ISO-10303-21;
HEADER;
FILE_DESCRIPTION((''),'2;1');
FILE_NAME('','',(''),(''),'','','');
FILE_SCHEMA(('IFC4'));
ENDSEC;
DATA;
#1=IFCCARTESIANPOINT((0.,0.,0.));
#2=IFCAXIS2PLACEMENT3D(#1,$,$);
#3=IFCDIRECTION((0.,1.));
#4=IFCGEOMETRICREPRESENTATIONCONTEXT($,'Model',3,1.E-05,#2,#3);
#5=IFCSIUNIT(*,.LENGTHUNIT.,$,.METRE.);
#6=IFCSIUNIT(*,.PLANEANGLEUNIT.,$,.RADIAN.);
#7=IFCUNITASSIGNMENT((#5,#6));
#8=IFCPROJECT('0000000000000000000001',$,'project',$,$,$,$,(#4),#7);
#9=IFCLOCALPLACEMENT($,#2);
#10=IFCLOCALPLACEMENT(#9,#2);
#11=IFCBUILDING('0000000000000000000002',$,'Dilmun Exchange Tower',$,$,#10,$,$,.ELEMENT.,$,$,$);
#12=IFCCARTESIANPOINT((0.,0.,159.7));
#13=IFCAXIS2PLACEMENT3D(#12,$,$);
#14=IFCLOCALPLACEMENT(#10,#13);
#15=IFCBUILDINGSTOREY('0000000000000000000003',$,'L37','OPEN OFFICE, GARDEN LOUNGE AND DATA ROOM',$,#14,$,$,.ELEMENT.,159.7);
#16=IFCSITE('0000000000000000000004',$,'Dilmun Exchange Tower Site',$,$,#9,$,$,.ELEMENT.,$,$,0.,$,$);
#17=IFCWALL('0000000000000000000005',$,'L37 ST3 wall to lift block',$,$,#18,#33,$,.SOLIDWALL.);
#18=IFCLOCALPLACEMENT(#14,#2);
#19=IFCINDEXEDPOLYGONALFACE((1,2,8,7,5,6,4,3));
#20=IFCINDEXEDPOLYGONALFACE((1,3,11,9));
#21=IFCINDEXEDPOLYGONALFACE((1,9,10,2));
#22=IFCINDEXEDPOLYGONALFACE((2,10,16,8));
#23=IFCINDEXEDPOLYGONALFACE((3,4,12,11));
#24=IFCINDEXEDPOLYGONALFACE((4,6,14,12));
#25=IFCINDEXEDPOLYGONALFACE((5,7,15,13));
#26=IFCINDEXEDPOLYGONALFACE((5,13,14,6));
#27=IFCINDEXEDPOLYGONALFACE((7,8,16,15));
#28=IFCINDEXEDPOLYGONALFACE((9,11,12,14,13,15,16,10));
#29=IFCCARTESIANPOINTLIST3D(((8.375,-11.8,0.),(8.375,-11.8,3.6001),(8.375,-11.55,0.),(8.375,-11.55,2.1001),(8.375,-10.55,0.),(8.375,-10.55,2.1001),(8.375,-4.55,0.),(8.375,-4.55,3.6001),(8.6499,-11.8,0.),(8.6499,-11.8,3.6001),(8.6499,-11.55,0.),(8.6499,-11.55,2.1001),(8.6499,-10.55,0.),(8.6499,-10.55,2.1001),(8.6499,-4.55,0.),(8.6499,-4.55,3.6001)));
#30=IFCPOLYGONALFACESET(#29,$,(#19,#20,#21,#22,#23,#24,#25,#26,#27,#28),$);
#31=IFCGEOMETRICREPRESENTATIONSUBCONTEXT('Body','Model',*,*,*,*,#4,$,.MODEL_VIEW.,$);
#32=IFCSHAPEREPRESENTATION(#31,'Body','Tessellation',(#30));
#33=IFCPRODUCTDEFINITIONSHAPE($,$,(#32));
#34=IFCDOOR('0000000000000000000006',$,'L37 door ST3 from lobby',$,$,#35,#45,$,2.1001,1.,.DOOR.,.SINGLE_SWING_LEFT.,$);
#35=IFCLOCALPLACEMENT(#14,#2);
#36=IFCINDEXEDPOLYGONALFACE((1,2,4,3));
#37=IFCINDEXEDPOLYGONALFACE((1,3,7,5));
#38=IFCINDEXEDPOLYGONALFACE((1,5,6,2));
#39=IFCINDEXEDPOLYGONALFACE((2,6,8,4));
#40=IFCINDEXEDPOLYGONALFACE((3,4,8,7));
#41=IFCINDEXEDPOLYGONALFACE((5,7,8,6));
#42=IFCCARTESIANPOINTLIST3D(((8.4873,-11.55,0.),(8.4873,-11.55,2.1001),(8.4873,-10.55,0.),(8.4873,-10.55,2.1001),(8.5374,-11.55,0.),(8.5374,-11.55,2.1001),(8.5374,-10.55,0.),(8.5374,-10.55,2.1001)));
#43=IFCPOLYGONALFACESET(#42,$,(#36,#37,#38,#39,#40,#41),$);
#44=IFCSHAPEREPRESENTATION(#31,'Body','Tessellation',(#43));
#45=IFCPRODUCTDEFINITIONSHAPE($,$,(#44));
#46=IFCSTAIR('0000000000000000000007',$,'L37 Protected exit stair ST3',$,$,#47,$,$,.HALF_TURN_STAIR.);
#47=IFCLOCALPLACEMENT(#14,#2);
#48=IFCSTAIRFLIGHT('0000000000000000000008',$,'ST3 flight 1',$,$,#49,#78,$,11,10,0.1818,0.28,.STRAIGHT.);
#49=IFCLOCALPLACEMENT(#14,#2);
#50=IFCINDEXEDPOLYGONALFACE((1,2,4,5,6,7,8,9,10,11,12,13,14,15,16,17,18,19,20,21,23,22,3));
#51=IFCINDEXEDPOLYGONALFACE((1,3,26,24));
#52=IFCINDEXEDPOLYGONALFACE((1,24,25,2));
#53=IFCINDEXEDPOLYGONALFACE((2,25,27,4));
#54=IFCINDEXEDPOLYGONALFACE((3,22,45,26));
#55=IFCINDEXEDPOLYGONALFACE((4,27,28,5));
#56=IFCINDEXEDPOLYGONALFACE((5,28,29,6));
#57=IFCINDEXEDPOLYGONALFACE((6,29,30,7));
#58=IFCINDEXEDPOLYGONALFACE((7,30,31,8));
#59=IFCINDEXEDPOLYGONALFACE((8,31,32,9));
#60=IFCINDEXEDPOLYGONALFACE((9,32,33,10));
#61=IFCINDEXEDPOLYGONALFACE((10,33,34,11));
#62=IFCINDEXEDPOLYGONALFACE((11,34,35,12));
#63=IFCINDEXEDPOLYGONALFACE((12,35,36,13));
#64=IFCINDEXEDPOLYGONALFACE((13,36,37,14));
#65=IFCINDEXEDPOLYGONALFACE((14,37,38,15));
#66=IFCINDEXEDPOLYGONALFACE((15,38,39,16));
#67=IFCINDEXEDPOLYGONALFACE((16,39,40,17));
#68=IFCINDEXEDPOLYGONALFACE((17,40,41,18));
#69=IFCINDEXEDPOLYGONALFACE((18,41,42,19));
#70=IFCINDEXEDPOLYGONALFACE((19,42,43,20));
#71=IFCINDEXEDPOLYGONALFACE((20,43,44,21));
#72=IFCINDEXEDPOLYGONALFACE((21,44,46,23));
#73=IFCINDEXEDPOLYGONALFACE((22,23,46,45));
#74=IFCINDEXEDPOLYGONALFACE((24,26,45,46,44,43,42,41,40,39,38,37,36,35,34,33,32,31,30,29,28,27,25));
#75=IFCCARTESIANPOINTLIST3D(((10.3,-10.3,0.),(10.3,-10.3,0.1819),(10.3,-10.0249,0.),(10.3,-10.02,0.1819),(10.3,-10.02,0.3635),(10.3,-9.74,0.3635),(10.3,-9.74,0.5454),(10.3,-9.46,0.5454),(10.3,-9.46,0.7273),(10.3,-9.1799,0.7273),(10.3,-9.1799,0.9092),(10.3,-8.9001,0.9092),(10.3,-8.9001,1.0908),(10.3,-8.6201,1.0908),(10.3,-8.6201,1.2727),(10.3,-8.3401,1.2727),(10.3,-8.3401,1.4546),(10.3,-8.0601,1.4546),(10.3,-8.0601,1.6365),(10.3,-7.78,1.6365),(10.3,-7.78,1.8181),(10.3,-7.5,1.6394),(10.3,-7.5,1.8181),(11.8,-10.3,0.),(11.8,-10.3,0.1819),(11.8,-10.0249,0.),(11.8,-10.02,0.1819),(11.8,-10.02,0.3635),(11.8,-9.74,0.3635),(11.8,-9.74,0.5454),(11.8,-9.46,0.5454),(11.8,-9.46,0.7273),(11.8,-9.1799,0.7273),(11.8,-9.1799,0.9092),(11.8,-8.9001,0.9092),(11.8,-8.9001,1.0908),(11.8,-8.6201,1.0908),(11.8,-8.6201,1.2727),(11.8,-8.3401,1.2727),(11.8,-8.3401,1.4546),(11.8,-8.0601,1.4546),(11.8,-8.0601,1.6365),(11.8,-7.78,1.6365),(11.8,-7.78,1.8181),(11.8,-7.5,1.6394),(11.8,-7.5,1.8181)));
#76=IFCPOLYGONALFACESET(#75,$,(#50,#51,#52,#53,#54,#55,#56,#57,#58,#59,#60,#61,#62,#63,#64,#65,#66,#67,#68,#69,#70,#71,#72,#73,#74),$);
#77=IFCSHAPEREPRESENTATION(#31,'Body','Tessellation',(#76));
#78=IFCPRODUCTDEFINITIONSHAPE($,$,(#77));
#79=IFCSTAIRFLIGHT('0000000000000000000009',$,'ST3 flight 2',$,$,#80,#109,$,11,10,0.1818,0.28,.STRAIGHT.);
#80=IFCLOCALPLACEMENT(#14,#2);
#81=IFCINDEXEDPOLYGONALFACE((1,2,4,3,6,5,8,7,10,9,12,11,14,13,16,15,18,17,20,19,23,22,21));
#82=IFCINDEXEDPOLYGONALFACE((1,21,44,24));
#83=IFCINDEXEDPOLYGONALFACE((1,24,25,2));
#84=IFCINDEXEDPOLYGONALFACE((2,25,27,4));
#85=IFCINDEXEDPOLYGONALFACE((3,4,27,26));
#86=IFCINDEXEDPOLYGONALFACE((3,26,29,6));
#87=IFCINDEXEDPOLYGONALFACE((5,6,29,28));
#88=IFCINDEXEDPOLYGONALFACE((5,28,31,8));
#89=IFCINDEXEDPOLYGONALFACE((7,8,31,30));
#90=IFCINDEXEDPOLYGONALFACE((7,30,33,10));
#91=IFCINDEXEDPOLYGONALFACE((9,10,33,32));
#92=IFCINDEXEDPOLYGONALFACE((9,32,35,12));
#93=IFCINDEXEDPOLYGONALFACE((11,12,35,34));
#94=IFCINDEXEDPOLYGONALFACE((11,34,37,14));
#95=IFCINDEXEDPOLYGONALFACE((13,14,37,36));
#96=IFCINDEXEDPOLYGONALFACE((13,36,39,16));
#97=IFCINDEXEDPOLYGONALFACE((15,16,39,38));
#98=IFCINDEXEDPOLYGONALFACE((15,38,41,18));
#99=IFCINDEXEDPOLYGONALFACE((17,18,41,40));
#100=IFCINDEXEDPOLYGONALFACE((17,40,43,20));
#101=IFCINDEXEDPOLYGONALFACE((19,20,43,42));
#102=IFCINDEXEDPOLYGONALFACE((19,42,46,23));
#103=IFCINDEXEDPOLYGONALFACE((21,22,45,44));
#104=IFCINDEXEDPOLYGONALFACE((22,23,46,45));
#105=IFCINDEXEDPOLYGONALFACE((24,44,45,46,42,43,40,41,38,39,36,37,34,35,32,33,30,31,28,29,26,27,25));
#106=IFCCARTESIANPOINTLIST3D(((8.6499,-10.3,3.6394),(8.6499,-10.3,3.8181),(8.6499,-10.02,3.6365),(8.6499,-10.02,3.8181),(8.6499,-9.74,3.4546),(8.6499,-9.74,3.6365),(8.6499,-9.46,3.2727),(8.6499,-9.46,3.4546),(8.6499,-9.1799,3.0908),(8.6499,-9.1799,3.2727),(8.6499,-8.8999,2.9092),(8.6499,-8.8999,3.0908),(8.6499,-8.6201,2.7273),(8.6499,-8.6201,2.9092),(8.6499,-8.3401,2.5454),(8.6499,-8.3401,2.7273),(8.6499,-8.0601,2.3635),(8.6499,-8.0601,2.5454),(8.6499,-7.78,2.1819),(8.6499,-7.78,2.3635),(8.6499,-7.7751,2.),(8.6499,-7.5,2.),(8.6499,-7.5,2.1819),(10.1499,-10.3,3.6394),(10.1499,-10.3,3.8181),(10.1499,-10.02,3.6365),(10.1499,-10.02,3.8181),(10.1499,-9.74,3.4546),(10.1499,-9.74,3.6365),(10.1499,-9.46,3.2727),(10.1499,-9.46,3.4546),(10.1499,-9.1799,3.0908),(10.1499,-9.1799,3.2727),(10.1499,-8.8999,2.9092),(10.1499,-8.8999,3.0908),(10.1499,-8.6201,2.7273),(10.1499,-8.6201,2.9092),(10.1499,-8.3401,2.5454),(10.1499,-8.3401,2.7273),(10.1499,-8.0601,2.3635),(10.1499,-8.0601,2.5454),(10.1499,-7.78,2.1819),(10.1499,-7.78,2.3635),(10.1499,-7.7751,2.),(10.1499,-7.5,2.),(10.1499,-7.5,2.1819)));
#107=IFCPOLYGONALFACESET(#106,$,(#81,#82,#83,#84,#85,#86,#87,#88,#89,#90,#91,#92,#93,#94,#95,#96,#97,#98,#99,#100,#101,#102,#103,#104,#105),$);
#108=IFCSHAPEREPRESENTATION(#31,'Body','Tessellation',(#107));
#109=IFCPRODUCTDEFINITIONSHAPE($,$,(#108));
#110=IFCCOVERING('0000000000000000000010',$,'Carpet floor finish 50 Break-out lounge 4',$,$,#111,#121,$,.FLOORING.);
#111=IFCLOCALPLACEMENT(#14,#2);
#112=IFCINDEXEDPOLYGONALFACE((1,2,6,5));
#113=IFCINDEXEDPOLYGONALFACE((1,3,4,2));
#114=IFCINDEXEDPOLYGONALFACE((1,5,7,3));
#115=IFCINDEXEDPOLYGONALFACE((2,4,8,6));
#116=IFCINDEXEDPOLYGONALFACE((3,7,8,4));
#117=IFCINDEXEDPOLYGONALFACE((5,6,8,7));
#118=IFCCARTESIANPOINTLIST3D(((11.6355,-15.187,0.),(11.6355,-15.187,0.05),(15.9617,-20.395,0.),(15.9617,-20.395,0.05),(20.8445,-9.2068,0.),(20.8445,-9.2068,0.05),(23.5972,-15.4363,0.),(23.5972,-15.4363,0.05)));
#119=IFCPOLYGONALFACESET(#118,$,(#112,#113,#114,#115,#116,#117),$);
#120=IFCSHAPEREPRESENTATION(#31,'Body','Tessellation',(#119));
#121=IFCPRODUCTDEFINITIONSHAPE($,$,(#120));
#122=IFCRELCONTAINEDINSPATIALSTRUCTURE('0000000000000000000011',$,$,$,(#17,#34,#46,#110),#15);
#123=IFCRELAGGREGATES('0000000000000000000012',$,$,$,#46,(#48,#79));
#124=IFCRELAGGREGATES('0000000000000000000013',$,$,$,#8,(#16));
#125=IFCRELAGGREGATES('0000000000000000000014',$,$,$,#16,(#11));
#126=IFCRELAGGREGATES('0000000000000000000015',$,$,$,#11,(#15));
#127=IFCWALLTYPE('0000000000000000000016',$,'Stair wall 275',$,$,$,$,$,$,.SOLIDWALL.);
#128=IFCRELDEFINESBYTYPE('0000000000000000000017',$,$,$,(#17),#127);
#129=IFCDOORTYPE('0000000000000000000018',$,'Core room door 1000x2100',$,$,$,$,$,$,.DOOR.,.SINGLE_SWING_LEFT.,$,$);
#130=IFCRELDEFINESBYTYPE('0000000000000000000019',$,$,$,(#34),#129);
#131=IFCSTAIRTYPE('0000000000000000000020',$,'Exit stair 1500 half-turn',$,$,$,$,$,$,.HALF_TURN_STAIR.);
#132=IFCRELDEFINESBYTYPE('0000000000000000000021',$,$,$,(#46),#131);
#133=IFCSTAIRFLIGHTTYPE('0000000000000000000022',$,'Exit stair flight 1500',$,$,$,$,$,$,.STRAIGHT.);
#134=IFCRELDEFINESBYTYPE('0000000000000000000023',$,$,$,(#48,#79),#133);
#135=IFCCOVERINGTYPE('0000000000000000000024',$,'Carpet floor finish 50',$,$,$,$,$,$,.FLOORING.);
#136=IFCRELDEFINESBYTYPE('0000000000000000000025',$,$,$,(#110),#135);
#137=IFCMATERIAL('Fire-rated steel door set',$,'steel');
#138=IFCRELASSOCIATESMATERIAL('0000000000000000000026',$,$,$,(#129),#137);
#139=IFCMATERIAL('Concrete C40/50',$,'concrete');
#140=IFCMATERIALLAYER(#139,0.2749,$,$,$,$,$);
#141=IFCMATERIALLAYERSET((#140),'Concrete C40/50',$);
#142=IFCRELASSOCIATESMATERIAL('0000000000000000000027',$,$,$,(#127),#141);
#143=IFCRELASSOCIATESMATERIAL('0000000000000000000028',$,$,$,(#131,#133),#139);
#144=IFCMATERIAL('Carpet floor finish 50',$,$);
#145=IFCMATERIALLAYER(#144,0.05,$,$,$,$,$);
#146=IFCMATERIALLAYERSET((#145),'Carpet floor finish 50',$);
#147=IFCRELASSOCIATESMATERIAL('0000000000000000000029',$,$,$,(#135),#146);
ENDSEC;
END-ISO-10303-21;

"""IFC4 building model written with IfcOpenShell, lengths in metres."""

from ifc_helpers import new_model, si_unit, direction, frame, frame_2d, origin, place, context, subcontext, project, spatial, polyline, rectangle, outline, extrude, material, layer, layer_set, type_object, element, fill, aggregate, save


model = new_model("IFC4")

# Units and contexts
model_context = context("Model", 3, precision=1e-05, world=origin(), true_north=direction((0.0, 1.0)))
body_context = subcontext(model_context, "Body", "Model", "MODEL_VIEW")
ifc_project = project(units=[si_unit("LENGTHUNIT", "METRE"), si_unit("PLANEANGLEUNIT", "RADIAN")], contexts=[model_context])

# Site, building, storey
site_placement = place(None, origin())
site = spatial("IfcSite", under=ifc_project, at=site_placement, Name="Dilmun Exchange Tower Site", CompositionType="ELEMENT", RefElevation=0.0)
building_placement = place(site_placement, origin())
building = spatial("IfcBuilding", under=site, at=building_placement, Name="Dilmun Exchange Tower", CompositionType="ELEMENT")
storey_placement = place(building_placement, frame((0.0, 0.0, 159.7)))
storey = spatial("IfcBuildingStorey", under=building, at=storey_placement, Name="L37", Description="OPEN OFFICE, GARDEN LOUNGE AND DATA ROOM", CompositionType="ELEMENT", Elevation=159.7)

# Shared definitions
ifc_material_1 = material(Name="Concrete C40/50", Category="concrete")

# Shared definitions
ifc_material_2 = material(Name="Fire-rated steel door set", Category="steel")
door_type_1 = type_object("IfcDoorType", Name="Core room door 1000x2100", OperationType="SINGLE_SWING_LEFT", PredefinedType="DOOR", material=ifc_material_2)

# Wall, opening, door
ifc_layer_1 = layer(ifc_material_1, 0.2749)
ifc_layer_set_1 = layer_set([ifc_layer_1], Name="Concrete C40/50")
wall_type_1 = type_object("IfcWallType", Name="Stair wall 275", PredefinedType="SOLIDWALL", material=ifc_layer_set_1)
wall_1_placement = place(storey_placement, frame((8.5125, -4.55, 0.0), z_axis=(0.0, 0.0, 1.0), x_axis=(0.0, -1.0, 0.0)))
wall_1 = element("IfcWall", 1, at=wall_1_placement, inside=storey, type_object=wall_type_1, Name="L37 ST3 wall to lift block", PredefinedType="SOLIDWALL", context=body_context, shape_type="SweptSolid", body=[
    extrude(rectangle(XDim=7.25, YDim=0.2749, at=frame_2d((3.625, 0.0))), origin(), (0.0, 0.0, 1.0), 3.6001),
])
opening_1_placement = place(wall_1_placement, frame((6.0, 0.0, 0.0)))
opening_1 = element("IfcOpeningElement", 2, at=opening_1_placement, cuts=wall_1, PredefinedType="OPENING", context=body_context, shape_type="SweptSolid", body=[
    extrude(rectangle(XDim=1.0, YDim=2.1001, at=frame_2d((0.5, 1.05))), frame((0.0, 0.1475, 0.0), z_axis=(0.0, -1.0, 0.0), x_axis=(1.0, 0.0, 0.0)), (0.0, 0.0, 1.0), 0.2949),
])
door_1_placement = place(opening_1_placement, origin())
door_1 = element("IfcDoor", 3, at=door_1_placement, inside=storey, type_object=door_type_1, Name="L37 door ST3 from lobby", OperationType="SINGLE_SWING_LEFT", OverallHeight=2.1001, OverallWidth=1.0, PredefinedType="DOOR", context=body_context, shape_type="SweptSolid", body=[
    extrude(rectangle(XDim=1.0, YDim=2.1001, at=frame_2d((0.5, 1.05))), frame((0.0, 0.0249, 0.0), z_axis=(0.0, -1.0, 0.0), x_axis=(1.0, 0.0, 0.0)), (0.0, 0.0, 1.0), 0.05),
])
fill(opening_1, door_1)

# Stair, stair flights
stair_type = type_object("IfcStairType", Name="Exit stair 1500 half-turn", PredefinedType="HALF_TURN_STAIR", material=ifc_material_1)
stair_placement = place(storey_placement, origin())
stair = element("IfcStair", 4, at=stair_placement, inside=storey, type_object=stair_type, Name="L37 Protected exit stair ST3", PredefinedType="HALF_TURN_STAIR")
stair_flight_type = type_object("IfcStairFlightType", Name="Exit stair flight 1500", PredefinedType="STRAIGHT", material=ifc_material_1)
stair_flight_1_placement = place(storey_placement, frame((11.05, -10.3, 0.0), z_axis=(0.0, 0.0, 1.0), x_axis=(0.0, 1.0, 0.0)))
stair_flight_1 = element("IfcStairFlight", 5, at=stair_flight_1_placement, type_object=stair_flight_type, Name="ST3 flight 1", NumberOfRisers=11, NumberOfTreads=10, PredefinedType="STRAIGHT", RiserHeight=0.1818, TreadLength=0.28, context=body_context, shape_type="SweptSolid", body=[
    extrude(outline(polyline([(0.0, 0.0), (0.0, 0.1819), (0.28, 0.1819), (0.28, 0.3635), (0.5601, 0.3635), (0.5601, 0.5454), (0.8401, 0.5454), (0.8401, 0.7273), (1.1201, 0.7273), (1.1201, 0.9092), (1.3999, 0.9092), (1.3999, 1.0908), (1.6799, 1.0908), (1.6799, 1.2727), (1.96, 1.2727), (1.96, 1.4546), (2.24, 1.4546), (2.24, 1.6365), (2.52, 1.6365), (2.52, 1.8181), (2.8, 1.8181), (2.8, 2.0), (2.8, 1.6394), (0.2751, 0.0), (0.0, 0.0)])), frame((0.0, 0.75, 0.0), z_axis=(0.0, -1.0, 0.0), x_axis=(1.0, 0.0, 0.0)), (0.0, 0.0, 1.0), 1.5),
])
stair_flight_2_placement = place(storey_placement, frame((9.3999, -7.5, 2.0), z_axis=(0.0, 0.0, 1.0), x_axis=(0.0, -1.0, 0.0)))
stair_flight_2 = element("IfcStairFlight", 6, at=stair_flight_2_placement, type_object=stair_flight_type, Name="ST3 flight 2", NumberOfRisers=11, NumberOfTreads=10, PredefinedType="STRAIGHT", RiserHeight=0.1818, TreadLength=0.28, context=body_context, shape_type="SweptSolid", body=[
    extrude(outline(polyline([(0.0, 0.0), (0.0, 0.1819), (0.28, 0.1819), (0.28, 0.3635), (0.5601, 0.3635), (0.5601, 0.5454), (0.8401, 0.5454), (0.8401, 0.7273), (1.1201, 0.7273), (1.1201, 0.9092), (1.3999, 0.9092), (1.3999, 1.0908), (1.6799, 1.0908), (1.6799, 1.2727), (1.96, 1.2727), (1.96, 1.4546), (2.24, 1.4546), (2.24, 1.6365), (2.52, 1.6365), (2.52, 1.8181), (2.8, 1.8181), (2.8, 2.0), (2.8, 1.6394), (0.2751, 0.0), (0.0, 0.0)])), frame((0.0, 0.75, 0.0), z_axis=(0.0, -1.0, 0.0), x_axis=(1.0, 0.0, 0.0)), (0.0, 0.0, 1.0), 1.5),
])
aggregate(stair, [stair_flight_1, stair_flight_2])

# Covering
ifc_material_3 = material(Name="Carpet floor finish 50")
ifc_layer_2 = layer(ifc_material_3, 0.05)
ifc_layer_set_2 = layer_set([ifc_layer_2], Name="Carpet floor finish 50")
covering_type_1 = type_object("IfcCoveringType", Name="Carpet floor finish 50", PredefinedType="FLOORING", material=ifc_layer_set_2)
covering_1_placement = place(storey_placement, origin())
element("IfcCovering", 7, at=covering_1_placement, inside=storey, type_object=covering_type_1, Name="Carpet floor finish 50 Break-out lounge 4", PredefinedType="FLOORING", context=body_context, shape_type="SweptSolid", body=[
    extrude(outline(polyline([(20.8445, -9.2068), (23.5972, -15.4363), (15.9617, -20.395), (11.6355, -15.187), (20.8445, -9.2068)])), origin(), (0.0, 0.0, 1.0), 0.05),
])

save(model, "model.ifc")
